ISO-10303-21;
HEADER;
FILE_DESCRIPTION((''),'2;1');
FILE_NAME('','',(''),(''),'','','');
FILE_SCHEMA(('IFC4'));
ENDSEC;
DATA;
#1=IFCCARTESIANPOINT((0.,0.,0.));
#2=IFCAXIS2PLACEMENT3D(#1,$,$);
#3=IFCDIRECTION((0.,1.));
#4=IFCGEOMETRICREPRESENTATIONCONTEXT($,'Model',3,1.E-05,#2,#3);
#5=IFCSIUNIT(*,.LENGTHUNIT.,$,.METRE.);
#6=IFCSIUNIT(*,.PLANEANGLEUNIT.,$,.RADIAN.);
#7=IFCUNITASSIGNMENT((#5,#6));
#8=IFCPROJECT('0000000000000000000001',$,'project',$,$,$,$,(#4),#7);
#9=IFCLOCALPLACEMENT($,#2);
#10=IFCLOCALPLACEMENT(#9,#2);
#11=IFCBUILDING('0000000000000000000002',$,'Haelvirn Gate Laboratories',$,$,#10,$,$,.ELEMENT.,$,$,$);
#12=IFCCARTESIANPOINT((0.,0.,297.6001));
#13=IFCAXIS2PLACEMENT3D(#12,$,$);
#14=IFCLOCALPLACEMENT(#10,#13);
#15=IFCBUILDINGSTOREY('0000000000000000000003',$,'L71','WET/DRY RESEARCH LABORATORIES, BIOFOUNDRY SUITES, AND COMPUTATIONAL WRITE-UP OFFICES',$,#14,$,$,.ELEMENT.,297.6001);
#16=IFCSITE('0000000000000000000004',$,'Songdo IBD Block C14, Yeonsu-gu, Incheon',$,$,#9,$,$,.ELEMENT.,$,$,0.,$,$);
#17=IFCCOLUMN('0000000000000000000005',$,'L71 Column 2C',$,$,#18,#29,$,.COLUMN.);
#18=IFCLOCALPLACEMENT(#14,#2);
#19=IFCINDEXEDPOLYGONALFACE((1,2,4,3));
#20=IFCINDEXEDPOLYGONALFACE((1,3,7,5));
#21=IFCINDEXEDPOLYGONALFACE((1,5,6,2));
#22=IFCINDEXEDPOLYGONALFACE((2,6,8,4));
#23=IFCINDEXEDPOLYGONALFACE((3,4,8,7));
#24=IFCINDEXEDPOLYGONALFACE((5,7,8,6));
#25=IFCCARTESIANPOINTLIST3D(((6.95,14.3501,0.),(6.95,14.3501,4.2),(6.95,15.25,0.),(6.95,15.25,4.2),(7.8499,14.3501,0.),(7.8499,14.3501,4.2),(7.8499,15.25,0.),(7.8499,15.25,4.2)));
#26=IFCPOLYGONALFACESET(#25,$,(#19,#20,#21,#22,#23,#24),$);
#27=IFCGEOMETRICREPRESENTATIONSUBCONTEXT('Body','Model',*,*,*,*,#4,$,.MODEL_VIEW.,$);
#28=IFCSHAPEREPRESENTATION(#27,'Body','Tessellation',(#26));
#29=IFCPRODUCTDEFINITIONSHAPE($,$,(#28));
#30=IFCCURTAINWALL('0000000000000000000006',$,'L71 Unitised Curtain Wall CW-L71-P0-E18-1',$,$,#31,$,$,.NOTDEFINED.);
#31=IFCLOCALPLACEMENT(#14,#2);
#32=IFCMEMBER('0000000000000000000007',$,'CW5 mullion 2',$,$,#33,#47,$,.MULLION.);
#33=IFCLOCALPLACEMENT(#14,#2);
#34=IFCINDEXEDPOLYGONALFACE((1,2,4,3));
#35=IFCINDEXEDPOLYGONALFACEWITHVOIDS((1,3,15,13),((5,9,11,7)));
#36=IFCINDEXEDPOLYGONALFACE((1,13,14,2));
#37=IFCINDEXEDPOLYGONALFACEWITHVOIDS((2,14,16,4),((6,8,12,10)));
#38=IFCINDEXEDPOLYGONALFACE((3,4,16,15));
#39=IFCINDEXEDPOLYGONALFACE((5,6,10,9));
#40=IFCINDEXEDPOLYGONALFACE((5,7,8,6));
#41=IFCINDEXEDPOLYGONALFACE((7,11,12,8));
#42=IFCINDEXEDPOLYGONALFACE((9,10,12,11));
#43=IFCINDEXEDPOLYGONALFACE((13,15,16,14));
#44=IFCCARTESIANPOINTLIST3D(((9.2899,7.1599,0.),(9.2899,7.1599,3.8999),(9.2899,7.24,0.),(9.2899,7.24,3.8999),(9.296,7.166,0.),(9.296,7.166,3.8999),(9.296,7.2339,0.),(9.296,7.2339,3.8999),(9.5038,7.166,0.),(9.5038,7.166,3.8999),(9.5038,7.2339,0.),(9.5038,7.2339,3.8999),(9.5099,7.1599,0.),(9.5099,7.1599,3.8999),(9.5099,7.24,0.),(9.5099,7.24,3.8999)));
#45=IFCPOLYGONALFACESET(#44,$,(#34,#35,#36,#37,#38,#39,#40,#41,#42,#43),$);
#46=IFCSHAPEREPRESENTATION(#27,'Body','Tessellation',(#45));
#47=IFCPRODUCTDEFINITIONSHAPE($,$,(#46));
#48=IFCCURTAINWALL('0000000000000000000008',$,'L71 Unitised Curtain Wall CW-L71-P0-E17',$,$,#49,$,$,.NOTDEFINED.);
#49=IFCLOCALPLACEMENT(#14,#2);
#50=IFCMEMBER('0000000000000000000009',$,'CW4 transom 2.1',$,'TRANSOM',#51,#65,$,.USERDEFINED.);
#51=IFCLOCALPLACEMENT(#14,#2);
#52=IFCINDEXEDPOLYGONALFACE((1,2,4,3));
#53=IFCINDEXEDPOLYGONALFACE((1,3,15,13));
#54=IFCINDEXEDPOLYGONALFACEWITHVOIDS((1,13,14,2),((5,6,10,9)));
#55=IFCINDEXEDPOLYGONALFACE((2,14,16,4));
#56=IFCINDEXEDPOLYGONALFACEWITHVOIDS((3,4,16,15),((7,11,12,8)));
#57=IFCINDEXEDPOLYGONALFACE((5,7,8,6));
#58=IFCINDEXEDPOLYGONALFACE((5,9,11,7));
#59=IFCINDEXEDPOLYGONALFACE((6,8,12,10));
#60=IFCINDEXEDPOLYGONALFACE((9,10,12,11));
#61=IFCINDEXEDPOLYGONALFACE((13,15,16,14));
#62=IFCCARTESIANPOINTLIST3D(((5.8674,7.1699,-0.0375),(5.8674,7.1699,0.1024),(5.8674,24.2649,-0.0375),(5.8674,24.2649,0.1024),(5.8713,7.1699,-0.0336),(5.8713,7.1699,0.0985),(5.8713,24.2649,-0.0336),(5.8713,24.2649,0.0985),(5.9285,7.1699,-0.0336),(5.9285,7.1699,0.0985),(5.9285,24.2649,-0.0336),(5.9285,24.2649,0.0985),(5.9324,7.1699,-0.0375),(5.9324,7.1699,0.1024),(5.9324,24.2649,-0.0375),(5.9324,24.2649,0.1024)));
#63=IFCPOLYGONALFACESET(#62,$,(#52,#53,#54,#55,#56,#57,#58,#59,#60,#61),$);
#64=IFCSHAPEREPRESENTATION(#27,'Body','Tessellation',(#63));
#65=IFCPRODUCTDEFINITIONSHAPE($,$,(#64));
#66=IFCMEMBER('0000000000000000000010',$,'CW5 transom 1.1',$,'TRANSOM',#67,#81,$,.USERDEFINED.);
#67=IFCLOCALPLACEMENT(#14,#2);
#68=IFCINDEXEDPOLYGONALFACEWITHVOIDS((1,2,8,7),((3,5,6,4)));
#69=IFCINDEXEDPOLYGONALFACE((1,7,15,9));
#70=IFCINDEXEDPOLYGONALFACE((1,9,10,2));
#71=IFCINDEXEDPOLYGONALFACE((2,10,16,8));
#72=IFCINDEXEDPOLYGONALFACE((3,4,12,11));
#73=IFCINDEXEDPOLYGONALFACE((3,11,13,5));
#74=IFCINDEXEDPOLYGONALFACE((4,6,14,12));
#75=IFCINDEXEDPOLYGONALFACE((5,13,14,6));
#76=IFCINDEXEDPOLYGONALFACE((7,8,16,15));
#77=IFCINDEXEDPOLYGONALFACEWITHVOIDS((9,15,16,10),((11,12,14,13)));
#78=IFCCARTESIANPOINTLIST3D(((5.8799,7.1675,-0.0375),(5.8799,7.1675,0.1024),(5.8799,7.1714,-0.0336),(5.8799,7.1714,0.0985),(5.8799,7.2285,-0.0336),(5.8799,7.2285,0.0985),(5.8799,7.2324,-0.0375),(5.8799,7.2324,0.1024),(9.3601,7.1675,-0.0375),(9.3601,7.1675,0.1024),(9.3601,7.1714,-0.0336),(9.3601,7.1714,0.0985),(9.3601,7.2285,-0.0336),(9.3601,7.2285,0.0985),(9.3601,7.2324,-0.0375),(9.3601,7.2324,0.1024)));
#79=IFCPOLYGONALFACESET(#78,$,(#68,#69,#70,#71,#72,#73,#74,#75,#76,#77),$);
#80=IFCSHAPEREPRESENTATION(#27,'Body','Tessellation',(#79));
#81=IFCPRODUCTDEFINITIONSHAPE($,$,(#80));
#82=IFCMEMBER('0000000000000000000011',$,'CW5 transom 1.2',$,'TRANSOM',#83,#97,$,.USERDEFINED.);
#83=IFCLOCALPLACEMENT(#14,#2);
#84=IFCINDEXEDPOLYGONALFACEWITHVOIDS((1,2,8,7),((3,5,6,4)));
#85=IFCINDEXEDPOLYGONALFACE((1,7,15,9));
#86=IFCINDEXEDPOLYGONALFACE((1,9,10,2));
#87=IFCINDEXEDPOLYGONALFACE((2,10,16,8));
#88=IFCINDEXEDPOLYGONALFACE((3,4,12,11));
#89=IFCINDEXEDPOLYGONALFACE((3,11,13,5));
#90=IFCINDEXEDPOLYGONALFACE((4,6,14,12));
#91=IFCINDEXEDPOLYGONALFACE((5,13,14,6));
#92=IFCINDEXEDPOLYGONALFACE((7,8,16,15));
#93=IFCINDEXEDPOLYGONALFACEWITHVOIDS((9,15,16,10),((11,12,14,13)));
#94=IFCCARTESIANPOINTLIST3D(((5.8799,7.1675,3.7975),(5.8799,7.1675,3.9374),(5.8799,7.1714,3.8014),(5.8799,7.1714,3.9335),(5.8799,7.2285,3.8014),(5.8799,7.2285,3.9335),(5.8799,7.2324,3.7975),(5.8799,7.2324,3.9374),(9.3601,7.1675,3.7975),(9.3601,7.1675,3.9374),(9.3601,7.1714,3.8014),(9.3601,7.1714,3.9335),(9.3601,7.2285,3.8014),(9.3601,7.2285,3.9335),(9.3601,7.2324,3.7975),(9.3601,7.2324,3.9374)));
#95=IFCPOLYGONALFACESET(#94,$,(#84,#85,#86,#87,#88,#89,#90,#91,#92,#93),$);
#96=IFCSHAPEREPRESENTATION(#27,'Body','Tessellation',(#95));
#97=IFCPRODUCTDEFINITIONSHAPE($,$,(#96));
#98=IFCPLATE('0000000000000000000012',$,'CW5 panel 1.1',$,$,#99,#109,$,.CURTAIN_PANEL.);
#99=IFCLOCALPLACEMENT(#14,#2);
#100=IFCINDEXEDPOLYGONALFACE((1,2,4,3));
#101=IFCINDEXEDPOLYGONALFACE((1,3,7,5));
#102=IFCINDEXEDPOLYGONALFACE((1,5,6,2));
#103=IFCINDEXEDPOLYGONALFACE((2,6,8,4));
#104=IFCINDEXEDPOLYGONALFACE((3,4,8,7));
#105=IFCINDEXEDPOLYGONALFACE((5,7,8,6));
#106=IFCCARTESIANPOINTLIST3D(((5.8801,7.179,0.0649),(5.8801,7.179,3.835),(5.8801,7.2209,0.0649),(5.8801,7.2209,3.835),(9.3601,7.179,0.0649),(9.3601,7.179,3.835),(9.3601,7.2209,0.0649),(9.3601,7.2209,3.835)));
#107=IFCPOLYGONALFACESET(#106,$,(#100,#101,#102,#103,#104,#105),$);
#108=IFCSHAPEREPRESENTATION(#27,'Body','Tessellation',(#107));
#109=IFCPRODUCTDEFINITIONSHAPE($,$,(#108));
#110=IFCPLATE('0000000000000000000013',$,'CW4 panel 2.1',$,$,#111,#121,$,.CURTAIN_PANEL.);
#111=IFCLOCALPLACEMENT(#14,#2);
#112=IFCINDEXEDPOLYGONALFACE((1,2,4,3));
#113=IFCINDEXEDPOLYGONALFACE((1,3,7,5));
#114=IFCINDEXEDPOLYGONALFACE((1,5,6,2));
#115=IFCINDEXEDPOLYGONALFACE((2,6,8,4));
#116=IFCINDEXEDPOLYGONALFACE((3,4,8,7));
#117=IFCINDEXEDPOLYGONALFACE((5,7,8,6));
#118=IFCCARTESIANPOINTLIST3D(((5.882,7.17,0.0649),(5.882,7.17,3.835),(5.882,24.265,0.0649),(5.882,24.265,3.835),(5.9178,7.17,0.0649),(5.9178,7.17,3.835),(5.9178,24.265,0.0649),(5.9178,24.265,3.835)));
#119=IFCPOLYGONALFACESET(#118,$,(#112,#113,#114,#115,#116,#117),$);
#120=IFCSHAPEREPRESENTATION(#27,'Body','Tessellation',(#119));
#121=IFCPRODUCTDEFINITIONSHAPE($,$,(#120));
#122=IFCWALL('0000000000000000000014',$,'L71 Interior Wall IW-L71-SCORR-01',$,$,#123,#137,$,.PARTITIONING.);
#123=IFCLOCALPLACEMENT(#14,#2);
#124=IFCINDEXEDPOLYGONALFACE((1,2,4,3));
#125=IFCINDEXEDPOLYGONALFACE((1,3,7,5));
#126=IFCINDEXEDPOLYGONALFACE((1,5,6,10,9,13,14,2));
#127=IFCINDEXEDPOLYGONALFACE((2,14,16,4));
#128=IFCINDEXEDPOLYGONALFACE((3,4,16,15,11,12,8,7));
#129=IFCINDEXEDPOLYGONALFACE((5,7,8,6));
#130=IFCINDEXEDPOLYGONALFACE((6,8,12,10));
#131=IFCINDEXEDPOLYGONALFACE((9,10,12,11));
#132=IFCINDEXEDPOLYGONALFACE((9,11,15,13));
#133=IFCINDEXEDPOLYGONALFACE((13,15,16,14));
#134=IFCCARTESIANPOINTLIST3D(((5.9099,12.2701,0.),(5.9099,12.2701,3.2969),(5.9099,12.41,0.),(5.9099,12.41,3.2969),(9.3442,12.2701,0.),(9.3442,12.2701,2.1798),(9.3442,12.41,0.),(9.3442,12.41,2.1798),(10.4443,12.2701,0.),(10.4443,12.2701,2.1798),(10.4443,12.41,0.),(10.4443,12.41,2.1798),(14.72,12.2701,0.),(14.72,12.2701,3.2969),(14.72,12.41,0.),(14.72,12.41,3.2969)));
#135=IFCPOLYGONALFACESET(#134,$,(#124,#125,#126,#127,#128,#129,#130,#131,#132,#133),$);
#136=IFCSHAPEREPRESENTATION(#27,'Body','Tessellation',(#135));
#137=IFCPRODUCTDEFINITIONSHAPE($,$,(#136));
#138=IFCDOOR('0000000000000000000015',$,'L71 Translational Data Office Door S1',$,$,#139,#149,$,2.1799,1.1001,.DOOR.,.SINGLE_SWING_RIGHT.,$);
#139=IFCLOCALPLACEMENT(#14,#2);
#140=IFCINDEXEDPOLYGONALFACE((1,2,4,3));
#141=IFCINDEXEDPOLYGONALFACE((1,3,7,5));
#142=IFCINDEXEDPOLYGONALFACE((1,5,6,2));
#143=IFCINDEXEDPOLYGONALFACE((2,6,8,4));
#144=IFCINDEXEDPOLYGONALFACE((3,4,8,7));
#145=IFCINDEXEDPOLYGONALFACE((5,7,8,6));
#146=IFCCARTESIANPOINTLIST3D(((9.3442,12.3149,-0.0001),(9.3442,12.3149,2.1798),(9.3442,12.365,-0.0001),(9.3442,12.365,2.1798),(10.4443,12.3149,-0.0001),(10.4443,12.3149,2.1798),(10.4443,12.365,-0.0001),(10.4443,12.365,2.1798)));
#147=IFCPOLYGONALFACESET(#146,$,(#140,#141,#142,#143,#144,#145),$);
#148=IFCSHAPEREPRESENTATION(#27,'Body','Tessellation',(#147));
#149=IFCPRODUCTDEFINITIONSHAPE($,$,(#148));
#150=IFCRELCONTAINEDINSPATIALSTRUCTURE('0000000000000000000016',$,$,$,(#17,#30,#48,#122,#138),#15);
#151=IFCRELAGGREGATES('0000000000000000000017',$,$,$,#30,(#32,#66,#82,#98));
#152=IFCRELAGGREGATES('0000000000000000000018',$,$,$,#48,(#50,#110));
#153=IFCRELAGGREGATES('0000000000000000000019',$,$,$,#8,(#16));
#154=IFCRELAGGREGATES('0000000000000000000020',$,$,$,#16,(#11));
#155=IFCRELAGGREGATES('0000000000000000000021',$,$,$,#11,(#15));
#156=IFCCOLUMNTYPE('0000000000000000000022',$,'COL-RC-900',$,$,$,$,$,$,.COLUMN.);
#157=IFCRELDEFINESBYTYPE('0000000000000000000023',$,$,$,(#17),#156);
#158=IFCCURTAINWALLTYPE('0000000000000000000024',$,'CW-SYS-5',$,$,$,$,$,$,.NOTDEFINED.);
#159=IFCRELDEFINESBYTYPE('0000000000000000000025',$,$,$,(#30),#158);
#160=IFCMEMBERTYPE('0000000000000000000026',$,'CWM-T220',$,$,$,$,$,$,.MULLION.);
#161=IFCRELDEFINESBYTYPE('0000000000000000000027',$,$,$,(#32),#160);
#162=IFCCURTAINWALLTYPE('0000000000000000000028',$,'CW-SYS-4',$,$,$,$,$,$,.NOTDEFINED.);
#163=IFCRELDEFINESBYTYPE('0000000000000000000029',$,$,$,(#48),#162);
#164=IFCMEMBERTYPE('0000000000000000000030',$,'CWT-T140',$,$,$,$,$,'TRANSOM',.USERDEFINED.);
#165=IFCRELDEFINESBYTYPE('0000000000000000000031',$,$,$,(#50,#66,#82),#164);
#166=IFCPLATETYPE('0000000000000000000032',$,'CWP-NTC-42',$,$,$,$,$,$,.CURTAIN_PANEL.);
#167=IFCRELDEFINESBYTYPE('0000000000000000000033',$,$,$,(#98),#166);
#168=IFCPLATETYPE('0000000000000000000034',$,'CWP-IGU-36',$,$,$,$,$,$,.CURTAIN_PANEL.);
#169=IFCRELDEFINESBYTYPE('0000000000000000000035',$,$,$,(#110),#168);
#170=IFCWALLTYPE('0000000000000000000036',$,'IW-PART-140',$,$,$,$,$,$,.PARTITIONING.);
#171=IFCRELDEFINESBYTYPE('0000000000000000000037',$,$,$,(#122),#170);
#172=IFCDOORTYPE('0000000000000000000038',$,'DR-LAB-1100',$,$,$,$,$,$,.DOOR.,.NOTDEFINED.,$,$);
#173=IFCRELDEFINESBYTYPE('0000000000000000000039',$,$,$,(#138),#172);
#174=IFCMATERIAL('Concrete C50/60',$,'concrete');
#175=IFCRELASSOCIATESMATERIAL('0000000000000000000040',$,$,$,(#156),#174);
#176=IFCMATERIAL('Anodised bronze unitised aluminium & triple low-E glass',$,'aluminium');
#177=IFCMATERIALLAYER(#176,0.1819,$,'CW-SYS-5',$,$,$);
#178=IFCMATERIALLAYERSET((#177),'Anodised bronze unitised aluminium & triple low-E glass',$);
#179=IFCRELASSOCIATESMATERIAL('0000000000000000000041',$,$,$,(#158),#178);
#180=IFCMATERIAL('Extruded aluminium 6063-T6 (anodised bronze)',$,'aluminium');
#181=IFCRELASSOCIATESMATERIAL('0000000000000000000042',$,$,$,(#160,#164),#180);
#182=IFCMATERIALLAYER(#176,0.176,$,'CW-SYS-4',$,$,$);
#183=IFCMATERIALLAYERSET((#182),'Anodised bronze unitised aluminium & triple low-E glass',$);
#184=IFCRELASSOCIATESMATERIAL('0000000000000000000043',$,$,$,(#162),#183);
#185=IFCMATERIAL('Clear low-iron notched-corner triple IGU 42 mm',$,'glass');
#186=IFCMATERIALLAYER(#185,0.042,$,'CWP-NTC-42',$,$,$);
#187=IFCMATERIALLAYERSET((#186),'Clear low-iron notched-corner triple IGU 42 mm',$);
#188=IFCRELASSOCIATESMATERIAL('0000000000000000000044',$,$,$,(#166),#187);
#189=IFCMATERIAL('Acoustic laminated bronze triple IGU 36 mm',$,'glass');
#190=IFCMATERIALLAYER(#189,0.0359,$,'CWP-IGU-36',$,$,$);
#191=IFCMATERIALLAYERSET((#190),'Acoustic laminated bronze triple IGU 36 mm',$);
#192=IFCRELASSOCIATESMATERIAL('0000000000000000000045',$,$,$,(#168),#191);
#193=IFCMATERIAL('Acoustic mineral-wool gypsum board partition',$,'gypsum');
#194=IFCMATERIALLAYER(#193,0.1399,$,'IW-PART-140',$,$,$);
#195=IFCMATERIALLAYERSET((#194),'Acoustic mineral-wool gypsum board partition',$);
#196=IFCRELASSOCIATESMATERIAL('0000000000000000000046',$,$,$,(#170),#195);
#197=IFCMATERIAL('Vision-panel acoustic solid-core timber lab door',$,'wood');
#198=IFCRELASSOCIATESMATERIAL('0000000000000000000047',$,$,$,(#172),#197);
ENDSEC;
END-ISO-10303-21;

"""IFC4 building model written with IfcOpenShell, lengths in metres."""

from ifc_helpers import new_model, si_unit, direction, frame, frame_2d, origin, origin_2d, place, context, subcontext, project, spatial, rectangle, hollow_rectangle, extrude, source, transform, mapped, material, layer, layer_set, material_profile, profile_set, type_object, type_shapes, element, fill, aggregate, save


model = new_model("IFC4")

# Units and contexts
model_context = context("Model", 3, precision=1e-05, world=origin(), true_north=direction((0.0, 1.0)))
body_context = subcontext(model_context, "Body", "Model", "MODEL_VIEW")
ifc_project = project(units=[si_unit("LENGTHUNIT", "METRE"), si_unit("PLANEANGLEUNIT", "RADIAN")], contexts=[model_context])

# Site, building, storey
site_placement = place(None, origin())
site = spatial("IfcSite", under=ifc_project, at=site_placement, Name="Songdo IBD Block C14, Yeonsu-gu, Incheon", CompositionType="ELEMENT", RefElevation=0.0)
building_placement = place(site_placement, origin())
building = spatial("IfcBuilding", under=site, at=building_placement, Name="Haelvirn Gate Laboratories", CompositionType="ELEMENT")
storey_placement = place(building_placement, frame((0.0, 0.0, 297.6001)))
storey = spatial("IfcBuildingStorey", under=building, at=storey_placement, Name="L71", Description="WET/DRY RESEARCH LABORATORIES, BIOFOUNDRY SUITES, AND COMPUTATIONAL WRITE-UP OFFICES", CompositionType="ELEMENT", Elevation=297.6001)

# Column
ifc_material_1 = material(Name="Concrete C50/60", Category="concrete")
ifc_material_profile_1 = material_profile(ifc_material_1, rectangle(XDim=0.8999, YDim=0.8999, at=origin_2d()), Name="RC-900x900")
ifc_profile_set_1 = profile_set([ifc_material_profile_1], Name="Concrete C50/60")
column_type = type_object("IfcColumnType", Name="COL-RC-900", PredefinedType="COLUMN", material=ifc_profile_set_1)
shared_shape_1 = source(origin(), body_context, "Body", "SweptSolid", [
    extrude(rectangle(XDim=0.8999, YDim=0.8999, at=origin_2d()), origin(), (0.0, 0.0, 1.0), 4.2),
])
type_shapes(column_type, [shared_shape_1])
column_placement = place(storey_placement, frame((7.3999, 14.8, 0.0), z_axis=(0.0, 0.0, 1.0), x_axis=(1.0, 0.0, 0.0)))
element("IfcColumn", 1, at=column_placement, inside=storey, type_object=column_type, Name="L71 Column 2C", PredefinedType="COLUMN", context=body_context, shape_type="MappedRepresentation", body=[
    mapped(shared_shape_1, transform((0.0, 0.0, 0.0), scale=1.0)),
])

# Curtain walls, members
ifc_material_2 = material(Name="Anodised bronze unitised aluminium & triple low-E glass", Category="aluminium")
ifc_layer_1 = layer(ifc_material_2, 0.1819, Name="CW-SYS-5")
ifc_layer_set_1 = layer_set([ifc_layer_1], Name="Anodised bronze unitised aluminium & triple low-E glass")
curtain_wall_type_1 = type_object("IfcCurtainWallType", Name="CW-SYS-5", PredefinedType="NOTDEFINED", material=ifc_layer_set_1)
curtain_wall_1_placement = place(storey_placement, origin())
curtain_wall_1 = element("IfcCurtainWall", 2, at=curtain_wall_1_placement, inside=storey, type_object=curtain_wall_type_1, Name="L71 Unitised Curtain Wall CW-L71-P0-E18-1", PredefinedType="NOTDEFINED")
ifc_material_3 = material(Name="Extruded aluminium 6063-T6 (anodised bronze)", Category="aluminium")
ifc_material_profile_2 = material_profile(ifc_material_3, hollow_rectangle(XDim=0.0801, YDim=0.22, WallThickness=0.0061, at=origin_2d()), Name="CWM-220x80x6")
ifc_profile_set_2 = profile_set([ifc_material_profile_2], Name="Extruded aluminium 6063-T6 (anodised bronze)")
member_type_1 = type_object("IfcMemberType", Name="CWM-T220", PredefinedType="MULLION", material=ifc_profile_set_2)
shared_shape_2 = source(origin(), body_context, "Body", "SweptSolid", [
    extrude(hollow_rectangle(XDim=0.0801, YDim=0.22, WallThickness=0.0061, at=origin_2d()), origin(), (0.0, 0.0, 1.0), 3.8999),
])
type_shapes(member_type_1, [shared_shape_2])
member_1_placement = place(storey_placement, frame((9.3999, 7.2, 0.0), z_axis=(0.0, 0.0, 1.0), x_axis=(0.0, 1.0, 0.0)))
member_1 = element("IfcMember", 3, at=member_1_placement, type_object=member_type_1, Name="CW5 mullion 2", PredefinedType="MULLION", context=body_context, shape_type="MappedRepresentation", body=[
    mapped(shared_shape_2, transform((0.0, 0.0, 0.0), scale=1.0)),
])
ifc_layer_2 = layer(ifc_material_2, 0.176, Name="CW-SYS-4")
ifc_layer_set_2 = layer_set([ifc_layer_2], Name="Anodised bronze unitised aluminium & triple low-E glass")
curtain_wall_type_2 = type_object("IfcCurtainWallType", Name="CW-SYS-4", PredefinedType="NOTDEFINED", material=ifc_layer_set_2)
curtain_wall_2_placement = place(storey_placement, origin())
curtain_wall_2 = element("IfcCurtainWall", 4, at=curtain_wall_2_placement, inside=storey, type_object=curtain_wall_type_2, Name="L71 Unitised Curtain Wall CW-L71-P0-E17", PredefinedType="NOTDEFINED")
ifc_material_profile_3 = material_profile(ifc_material_3, hollow_rectangle(XDim=0.0649, YDim=0.1399, WallThickness=0.0039, at=origin_2d()), Name="CWT-140x65x4")
ifc_profile_set_3 = profile_set([ifc_material_profile_3], Name="Extruded aluminium 6063-T6 (anodised bronze)")
member_type_2 = type_object("IfcMemberType", Name="CWT-T140", ElementType="TRANSOM", PredefinedType="USERDEFINED", material=ifc_profile_set_3)
shared_shape_3 = source(origin(), body_context, "Body", "SweptSolid", [
    extrude(hollow_rectangle(XDim=0.0649, YDim=0.1399, WallThickness=0.0039, at=origin_2d()), origin(), (0.0, 0.0, 1.0), 17.095),
])
member_2_placement = place(storey_placement, frame((5.8999, 24.2649, 0.0325), z_axis=(0.0, -1.0, 0.0), x_axis=(1.0, 0.0, 0.0)))
member_2 = element("IfcMember", 5, at=member_2_placement, type_object=member_type_2, Name="CW4 transom 2.1", ObjectType="TRANSOM", PredefinedType="USERDEFINED", context=body_context, shape_type="MappedRepresentation", body=[
    mapped(shared_shape_3, transform((0.0, 0.0, 0.0), scale=1.0)),
])

# Members
shared_shape_4 = source(origin(), body_context, "Body", "SweptSolid", [
    extrude(hollow_rectangle(XDim=0.0649, YDim=0.1399, WallThickness=0.0039, at=origin_2d()), origin(), (0.0, 0.0, 1.0), 3.4802),
])
type_shapes(member_type_2, [shared_shape_3, shared_shape_4])
member_3_placement = place(storey_placement, frame((5.8799, 7.2, 0.0325), z_axis=(1.0, 0.0, 0.0), x_axis=(0.0, 1.0, 0.0)))
member_3 = element("IfcMember", 6, at=member_3_placement, type_object=member_type_2, Name="CW5 transom 1.1", ObjectType="TRANSOM", PredefinedType="USERDEFINED", context=body_context, shape_type="MappedRepresentation", body=[
    mapped(shared_shape_4, transform((0.0, 0.0, 0.0), scale=1.0)),
])
member_4_placement = place(storey_placement, frame((5.8799, 7.2, 3.8674), z_axis=(1.0, 0.0, 0.0), x_axis=(0.0, 1.0, 0.0)))
member_4 = element("IfcMember", 7, at=member_4_placement, type_object=member_type_2, Name="CW5 transom 1.2", ObjectType="TRANSOM", PredefinedType="USERDEFINED", context=body_context, shape_type="MappedRepresentation", body=[
    mapped(shared_shape_4, transform((0.0, 0.0, 0.0), scale=1.0)),
])

# Plates
ifc_material_4 = material(Name="Clear low-iron notched-corner triple IGU 42 mm", Category="glass")
ifc_layer_3 = layer(ifc_material_4, 0.042, Name="CWP-NTC-42")
ifc_layer_set_3 = layer_set([ifc_layer_3], Name="Clear low-iron notched-corner triple IGU 42 mm")
plate_type_1 = type_object("IfcPlateType", Name="CWP-NTC-42", PredefinedType="CURTAIN_PANEL", material=ifc_layer_set_3)
shared_shape_5 = source(origin(), body_context, "Body", "SweptSolid", [
    extrude(rectangle(XDim=3.48, YDim=0.042, at=origin_2d()), origin(), (0.0, 0.0, 1.0), 3.77),
])
type_shapes(plate_type_1, [shared_shape_5])
plate_1_placement = place(storey_placement, frame((7.6201, 7.2, 0.0649), z_axis=(0.0, 0.0, 1.0), x_axis=(1.0, 0.0, 0.0)))
plate_1 = element("IfcPlate", 8, at=plate_1_placement, type_object=plate_type_1, Name="CW5 panel 1.1", PredefinedType="CURTAIN_PANEL", context=body_context, shape_type="MappedRepresentation", body=[
    mapped(shared_shape_5, transform((0.0, 0.0, 0.0), scale=1.0)),
])
aggregate(curtain_wall_1, [member_1, member_3, member_4, plate_1])
ifc_material_5 = material(Name="Acoustic laminated bronze triple IGU 36 mm", Category="glass")
ifc_layer_4 = layer(ifc_material_5, 0.0359, Name="CWP-IGU-36")
ifc_layer_set_4 = layer_set([ifc_layer_4], Name="Acoustic laminated bronze triple IGU 36 mm")
plate_type_2 = type_object("IfcPlateType", Name="CWP-IGU-36", PredefinedType="CURTAIN_PANEL", material=ifc_layer_set_4)
shared_shape_6 = source(origin(), body_context, "Body", "SweptSolid", [
    extrude(rectangle(XDim=17.095, YDim=0.0359, at=origin_2d()), origin(), (0.0, 0.0, 1.0), 3.77),
])
type_shapes(plate_type_2, [shared_shape_6])
plate_2_placement = place(storey_placement, frame((5.8999, 15.7175, 0.0649), z_axis=(0.0, 0.0, 1.0), x_axis=(0.0, -1.0, 0.0)))
plate_2 = element("IfcPlate", 9, at=plate_2_placement, type_object=plate_type_2, Name="CW4 panel 2.1", PredefinedType="CURTAIN_PANEL", context=body_context, shape_type="MappedRepresentation", body=[
    mapped(shared_shape_6, transform((0.0, 0.0, 0.0), scale=1.0)),
])
aggregate(curtain_wall_2, [member_2, plate_2])

# Wall, opening, door
ifc_material_6 = material(Name="Acoustic mineral-wool gypsum board partition", Category="gypsum")
ifc_layer_5 = layer(ifc_material_6, 0.1399, Name="IW-PART-140")
ifc_layer_set_5 = layer_set([ifc_layer_5], Name="Acoustic mineral-wool gypsum board partition")
wall_type_1 = type_object("IfcWallType", Name="IW-PART-140", PredefinedType="PARTITIONING", material=ifc_layer_set_5)
wall_1_placement = place(storey_placement, frame((5.9099, 12.3401, 0.0), z_axis=(0.0, 0.0, 1.0), x_axis=(1.0, 0.0, 0.0)))
wall_1 = element("IfcWall", 10, at=wall_1_placement, inside=storey, type_object=wall_type_1, Name="L71 Interior Wall IW-L71-SCORR-01", PredefinedType="PARTITIONING", context=body_context, shape_type="SweptSolid", body=[
    extrude(rectangle(XDim=8.8101, YDim=0.1399, at=frame_2d((4.405, 0.0))), origin(), (0.0, 0.0, 1.0), 3.2969),
])
opening_1_placement = place(wall_1_placement, frame((3.4343, 0.0, 0.0)))
opening_1 = element("IfcOpeningElement", 11, at=opening_1_placement, cuts=wall_1, PredefinedType="OPENING", context=body_context, shape_type="SweptSolid", body=[
    extrude(rectangle(XDim=1.1001, YDim=2.1799, at=frame_2d((0.55, 1.0898))), frame((0.0, 0.0801, 0.0), z_axis=(0.0, -1.0, 0.0), x_axis=(1.0, 0.0, 0.0)), (0.0, 0.0, 1.0), 0.1599),
])
ifc_material_7 = material(Name="Vision-panel acoustic solid-core timber lab door", Category="wood")
door_type_1 = type_object("IfcDoorType", Name="DR-LAB-1100", OperationType="NOTDEFINED", PredefinedType="DOOR", material=ifc_material_7)
shared_shape_7 = source(origin(), body_context, "Body", "SweptSolid", [
    extrude(rectangle(XDim=1.1001, YDim=2.1799, at=frame_2d((0.55, 1.0898))), frame((0.0, 0.0249, 0.0), z_axis=(0.0, -1.0, 0.0), x_axis=(1.0, 0.0, 0.0)), (0.0, 0.0, 1.0), 0.05),
])
type_shapes(door_type_1, [shared_shape_7])
door_1_placement = place(opening_1_placement, origin())
door_1 = element("IfcDoor", 12, at=door_1_placement, inside=storey, type_object=door_type_1, Name="L71 Translational Data Office Door S1", OperationType="SINGLE_SWING_RIGHT", OverallHeight=2.1799, OverallWidth=1.1001, PredefinedType="DOOR", context=body_context, shape_type="MappedRepresentation", body=[
    mapped(shared_shape_7, transform((0.0, 0.0, 0.0), scale=1.0)),
])
fill(opening_1, door_1)

save(model, "model.ifc")
